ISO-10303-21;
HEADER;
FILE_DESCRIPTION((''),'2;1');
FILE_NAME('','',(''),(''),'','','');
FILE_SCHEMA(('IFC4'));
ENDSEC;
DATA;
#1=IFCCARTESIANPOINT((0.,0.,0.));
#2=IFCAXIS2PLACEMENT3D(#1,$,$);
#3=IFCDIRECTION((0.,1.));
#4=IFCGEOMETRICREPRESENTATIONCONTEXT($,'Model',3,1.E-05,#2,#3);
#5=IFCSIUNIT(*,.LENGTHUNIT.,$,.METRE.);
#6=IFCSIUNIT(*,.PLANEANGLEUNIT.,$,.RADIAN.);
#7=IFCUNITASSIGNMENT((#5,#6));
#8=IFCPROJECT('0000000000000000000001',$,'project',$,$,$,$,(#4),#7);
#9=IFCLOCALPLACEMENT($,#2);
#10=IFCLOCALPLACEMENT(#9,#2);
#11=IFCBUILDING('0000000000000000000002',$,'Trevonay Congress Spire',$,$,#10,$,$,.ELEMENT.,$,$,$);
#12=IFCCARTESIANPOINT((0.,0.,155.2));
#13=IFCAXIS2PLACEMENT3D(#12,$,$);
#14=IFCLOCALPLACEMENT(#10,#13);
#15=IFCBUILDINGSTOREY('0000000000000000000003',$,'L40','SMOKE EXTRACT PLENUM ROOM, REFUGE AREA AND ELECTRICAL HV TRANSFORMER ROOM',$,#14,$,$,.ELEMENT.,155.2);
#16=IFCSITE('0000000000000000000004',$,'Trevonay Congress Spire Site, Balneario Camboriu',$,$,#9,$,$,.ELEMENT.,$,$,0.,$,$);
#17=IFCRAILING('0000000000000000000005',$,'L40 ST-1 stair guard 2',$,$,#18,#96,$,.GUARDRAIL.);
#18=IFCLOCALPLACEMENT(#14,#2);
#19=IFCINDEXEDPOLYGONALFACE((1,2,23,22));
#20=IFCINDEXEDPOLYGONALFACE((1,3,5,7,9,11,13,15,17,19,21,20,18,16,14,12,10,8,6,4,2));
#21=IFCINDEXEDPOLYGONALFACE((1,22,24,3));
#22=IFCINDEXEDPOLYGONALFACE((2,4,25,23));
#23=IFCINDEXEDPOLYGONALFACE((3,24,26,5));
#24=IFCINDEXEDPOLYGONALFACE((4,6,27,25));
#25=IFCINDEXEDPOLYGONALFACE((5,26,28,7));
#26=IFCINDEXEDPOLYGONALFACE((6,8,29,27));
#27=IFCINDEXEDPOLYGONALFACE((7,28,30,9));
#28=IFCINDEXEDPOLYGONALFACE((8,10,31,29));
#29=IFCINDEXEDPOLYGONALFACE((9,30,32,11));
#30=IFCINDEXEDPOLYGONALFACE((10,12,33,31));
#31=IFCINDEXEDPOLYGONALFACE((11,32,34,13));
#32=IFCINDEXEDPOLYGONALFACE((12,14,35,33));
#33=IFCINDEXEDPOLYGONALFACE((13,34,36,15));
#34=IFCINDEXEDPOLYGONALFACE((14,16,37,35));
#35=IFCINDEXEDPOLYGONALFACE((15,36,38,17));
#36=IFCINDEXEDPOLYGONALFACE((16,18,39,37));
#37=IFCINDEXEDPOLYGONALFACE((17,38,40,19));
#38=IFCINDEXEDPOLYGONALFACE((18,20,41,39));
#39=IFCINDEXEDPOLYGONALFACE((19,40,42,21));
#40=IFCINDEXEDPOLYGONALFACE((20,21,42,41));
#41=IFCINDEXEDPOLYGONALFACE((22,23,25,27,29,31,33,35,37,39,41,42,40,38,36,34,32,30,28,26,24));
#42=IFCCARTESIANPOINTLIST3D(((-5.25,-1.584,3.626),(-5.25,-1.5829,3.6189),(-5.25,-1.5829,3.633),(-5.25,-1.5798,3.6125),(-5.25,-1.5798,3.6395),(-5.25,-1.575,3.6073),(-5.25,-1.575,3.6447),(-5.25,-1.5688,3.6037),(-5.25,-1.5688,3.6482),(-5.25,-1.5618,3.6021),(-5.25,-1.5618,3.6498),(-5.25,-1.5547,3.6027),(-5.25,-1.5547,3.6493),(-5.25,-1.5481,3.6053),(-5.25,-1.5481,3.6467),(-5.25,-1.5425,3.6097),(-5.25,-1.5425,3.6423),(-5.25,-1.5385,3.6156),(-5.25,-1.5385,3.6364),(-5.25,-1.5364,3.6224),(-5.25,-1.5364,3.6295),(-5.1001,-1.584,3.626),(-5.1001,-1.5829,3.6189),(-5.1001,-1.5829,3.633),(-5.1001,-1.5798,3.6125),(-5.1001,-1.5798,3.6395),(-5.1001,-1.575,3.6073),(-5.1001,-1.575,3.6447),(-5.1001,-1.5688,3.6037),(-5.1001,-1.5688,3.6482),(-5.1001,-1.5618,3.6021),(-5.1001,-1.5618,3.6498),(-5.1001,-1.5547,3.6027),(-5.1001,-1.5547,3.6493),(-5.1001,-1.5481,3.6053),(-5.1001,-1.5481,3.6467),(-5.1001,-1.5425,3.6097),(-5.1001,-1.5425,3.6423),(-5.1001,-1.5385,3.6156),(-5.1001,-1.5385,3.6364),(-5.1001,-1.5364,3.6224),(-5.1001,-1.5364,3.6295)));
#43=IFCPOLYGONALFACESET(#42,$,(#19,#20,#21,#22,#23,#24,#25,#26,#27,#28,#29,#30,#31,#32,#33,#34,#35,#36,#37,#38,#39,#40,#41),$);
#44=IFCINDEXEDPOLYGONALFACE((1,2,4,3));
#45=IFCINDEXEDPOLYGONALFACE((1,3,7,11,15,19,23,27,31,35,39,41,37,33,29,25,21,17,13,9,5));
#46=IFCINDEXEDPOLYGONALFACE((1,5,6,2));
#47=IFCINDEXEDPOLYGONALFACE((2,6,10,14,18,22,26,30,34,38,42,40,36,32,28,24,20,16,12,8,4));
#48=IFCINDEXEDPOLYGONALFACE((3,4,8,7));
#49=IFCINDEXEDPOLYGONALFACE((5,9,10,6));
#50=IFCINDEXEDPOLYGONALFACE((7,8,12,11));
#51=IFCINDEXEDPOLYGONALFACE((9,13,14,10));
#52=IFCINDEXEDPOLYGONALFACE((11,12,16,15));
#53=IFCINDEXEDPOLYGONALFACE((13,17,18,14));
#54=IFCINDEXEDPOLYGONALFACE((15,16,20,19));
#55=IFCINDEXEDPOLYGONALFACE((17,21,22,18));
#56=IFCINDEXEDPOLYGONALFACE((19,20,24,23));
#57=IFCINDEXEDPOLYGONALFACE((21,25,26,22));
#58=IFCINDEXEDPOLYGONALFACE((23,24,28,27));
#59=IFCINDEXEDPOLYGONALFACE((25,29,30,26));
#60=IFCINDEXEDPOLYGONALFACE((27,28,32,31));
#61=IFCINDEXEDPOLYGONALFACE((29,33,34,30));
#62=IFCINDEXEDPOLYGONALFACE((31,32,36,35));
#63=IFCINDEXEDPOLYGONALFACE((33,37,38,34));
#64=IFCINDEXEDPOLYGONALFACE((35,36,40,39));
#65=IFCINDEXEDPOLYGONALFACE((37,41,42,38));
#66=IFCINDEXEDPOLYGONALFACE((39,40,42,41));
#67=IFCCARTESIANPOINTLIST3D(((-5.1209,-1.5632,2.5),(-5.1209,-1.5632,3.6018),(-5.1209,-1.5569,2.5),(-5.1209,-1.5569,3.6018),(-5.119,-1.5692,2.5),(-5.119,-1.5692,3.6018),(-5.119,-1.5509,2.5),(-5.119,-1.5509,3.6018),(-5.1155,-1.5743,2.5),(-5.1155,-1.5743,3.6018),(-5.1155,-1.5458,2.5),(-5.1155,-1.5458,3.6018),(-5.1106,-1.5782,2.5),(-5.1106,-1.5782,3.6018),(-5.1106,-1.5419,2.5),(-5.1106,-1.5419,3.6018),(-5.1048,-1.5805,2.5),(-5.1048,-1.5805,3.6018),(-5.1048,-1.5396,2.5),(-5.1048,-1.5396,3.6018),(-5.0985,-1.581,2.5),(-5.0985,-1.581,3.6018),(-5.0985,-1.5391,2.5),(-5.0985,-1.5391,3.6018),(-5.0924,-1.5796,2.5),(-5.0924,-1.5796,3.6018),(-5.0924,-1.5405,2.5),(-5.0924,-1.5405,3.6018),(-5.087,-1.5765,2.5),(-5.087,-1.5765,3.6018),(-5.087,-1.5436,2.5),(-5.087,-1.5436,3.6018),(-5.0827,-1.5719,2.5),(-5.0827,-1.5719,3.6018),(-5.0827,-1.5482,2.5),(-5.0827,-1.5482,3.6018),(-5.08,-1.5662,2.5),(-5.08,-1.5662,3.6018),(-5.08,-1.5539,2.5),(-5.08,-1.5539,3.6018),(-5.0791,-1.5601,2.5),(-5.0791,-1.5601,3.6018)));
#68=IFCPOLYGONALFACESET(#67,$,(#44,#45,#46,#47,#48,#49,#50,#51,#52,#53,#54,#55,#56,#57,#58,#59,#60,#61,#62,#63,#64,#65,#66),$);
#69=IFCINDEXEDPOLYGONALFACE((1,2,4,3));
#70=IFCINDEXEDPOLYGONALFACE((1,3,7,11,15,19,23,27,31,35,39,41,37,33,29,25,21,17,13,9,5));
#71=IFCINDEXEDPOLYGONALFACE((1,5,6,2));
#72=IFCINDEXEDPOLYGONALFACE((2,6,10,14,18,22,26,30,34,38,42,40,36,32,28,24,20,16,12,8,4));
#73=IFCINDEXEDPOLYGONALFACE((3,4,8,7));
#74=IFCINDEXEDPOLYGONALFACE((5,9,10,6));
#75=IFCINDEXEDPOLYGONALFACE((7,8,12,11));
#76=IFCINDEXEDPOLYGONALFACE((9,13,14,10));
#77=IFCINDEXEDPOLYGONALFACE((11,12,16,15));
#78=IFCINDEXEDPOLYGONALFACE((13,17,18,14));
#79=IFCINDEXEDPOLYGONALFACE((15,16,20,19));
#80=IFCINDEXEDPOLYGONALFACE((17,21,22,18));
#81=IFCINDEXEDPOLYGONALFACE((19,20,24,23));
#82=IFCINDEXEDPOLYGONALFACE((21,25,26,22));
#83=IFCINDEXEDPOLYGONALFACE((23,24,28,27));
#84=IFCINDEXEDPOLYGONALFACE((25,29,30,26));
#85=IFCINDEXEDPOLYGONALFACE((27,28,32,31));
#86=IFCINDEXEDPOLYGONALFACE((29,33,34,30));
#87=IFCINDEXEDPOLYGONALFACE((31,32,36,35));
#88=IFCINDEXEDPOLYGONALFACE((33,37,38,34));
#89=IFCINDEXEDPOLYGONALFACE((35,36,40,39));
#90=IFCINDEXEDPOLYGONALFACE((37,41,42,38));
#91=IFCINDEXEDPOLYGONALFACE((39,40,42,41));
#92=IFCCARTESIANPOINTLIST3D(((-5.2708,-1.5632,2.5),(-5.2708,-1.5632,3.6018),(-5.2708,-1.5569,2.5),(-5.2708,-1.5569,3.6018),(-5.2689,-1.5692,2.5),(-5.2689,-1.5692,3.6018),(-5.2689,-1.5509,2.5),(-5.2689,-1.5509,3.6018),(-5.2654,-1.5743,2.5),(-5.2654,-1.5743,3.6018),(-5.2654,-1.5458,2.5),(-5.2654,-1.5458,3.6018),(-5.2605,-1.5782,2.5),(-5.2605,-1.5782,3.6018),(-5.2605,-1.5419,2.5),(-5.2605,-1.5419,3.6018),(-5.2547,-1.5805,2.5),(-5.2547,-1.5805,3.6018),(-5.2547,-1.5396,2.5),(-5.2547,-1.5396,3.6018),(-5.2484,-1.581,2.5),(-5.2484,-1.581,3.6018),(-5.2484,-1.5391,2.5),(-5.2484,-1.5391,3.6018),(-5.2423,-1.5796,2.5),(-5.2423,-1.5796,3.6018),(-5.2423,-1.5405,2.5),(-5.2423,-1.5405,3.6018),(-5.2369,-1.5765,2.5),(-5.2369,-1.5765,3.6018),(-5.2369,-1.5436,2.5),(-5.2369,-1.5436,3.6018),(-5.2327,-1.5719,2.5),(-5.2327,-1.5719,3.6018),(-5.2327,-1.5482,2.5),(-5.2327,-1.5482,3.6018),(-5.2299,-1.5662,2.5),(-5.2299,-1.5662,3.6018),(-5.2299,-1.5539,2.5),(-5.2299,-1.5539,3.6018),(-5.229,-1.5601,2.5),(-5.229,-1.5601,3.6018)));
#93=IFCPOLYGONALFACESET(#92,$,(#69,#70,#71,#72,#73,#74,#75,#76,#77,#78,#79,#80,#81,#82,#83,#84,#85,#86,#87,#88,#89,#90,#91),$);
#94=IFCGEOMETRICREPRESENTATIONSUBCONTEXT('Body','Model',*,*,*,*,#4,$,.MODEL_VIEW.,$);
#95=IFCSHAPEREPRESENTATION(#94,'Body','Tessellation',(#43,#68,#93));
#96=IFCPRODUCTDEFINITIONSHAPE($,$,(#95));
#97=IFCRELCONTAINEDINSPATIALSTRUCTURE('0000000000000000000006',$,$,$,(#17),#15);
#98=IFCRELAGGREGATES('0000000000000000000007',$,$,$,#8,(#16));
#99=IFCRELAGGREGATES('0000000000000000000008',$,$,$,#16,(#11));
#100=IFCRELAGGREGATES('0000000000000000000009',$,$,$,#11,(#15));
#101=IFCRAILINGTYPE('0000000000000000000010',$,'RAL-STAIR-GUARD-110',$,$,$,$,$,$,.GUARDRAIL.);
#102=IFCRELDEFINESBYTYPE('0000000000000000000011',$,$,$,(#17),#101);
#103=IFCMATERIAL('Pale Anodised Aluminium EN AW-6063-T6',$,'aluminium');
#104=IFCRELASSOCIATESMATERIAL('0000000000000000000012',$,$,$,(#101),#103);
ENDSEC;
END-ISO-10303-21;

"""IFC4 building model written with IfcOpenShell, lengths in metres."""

from ifc_helpers import new_model, si_unit, direction, frame, origin, origin_2d, place, context, subcontext, project, spatial, circle, extrude, material, type_object, element, save


model = new_model("IFC4")

# Units and contexts
model_context = context("Model", 3, precision=1e-05, world=origin(), true_north=direction((0.0, 1.0)))
body_context = subcontext(model_context, "Body", "Model", "MODEL_VIEW")
ifc_project = project(units=[si_unit("LENGTHUNIT", "METRE"), si_unit("PLANEANGLEUNIT", "RADIAN")], contexts=[model_context])

# Site, building, storey
site_placement = place(None, origin())
site = spatial("IfcSite", under=ifc_project, at=site_placement, Name="Trevonay Congress Spire Site, Balneario Camboriu", CompositionType="ELEMENT", RefElevation=0.0)
building_placement = place(site_placement, origin())
building = spatial("IfcBuilding", under=site, at=building_placement, Name="Trevonay Congress Spire", CompositionType="ELEMENT")
storey_placement = place(building_placement, frame((0.0, 0.0, 155.2)))
storey = spatial("IfcBuildingStorey", under=building, at=storey_placement, Name="L40", Description="SMOKE EXTRACT PLENUM ROOM, REFUGE AREA AND ELECTRICAL HV TRANSFORMER ROOM", CompositionType="ELEMENT", Elevation=155.2)

# Railing
ifc_material_1 = material(Name="Pale Anodised Aluminium EN AW-6063-T6", Category="aluminium")
railing_type_1 = type_object("IfcRailingType", Name="RAL-STAIR-GUARD-110", PredefinedType="GUARDRAIL", material=ifc_material_1)
railing_1_placement = place(storey_placement, frame((-5.1001, -1.5601, 2.5)))
element("IfcRailing", 1, at=railing_1_placement, inside=storey, type_object=railing_type_1, Name="L40 ST-1 stair guard 2", PredefinedType="GUARDRAIL", context=body_context, shape_type="SweptSolid", body=[
    extrude(circle(Radius=0.0239, at=origin_2d()), frame((0.0, 0.0, 1.126), z_axis=(-1.0, 0.0, 0.0), x_axis=(0.0, -1.0, 0.0)), (0.0, 0.0, 1.0), 0.1499),
    extrude(circle(Radius=0.021, at=origin_2d()), origin(), (0.0, 0.0, 1.0), 1.1018),
    extrude(circle(Radius=0.021, at=origin_2d()), frame((-0.1499, 0.0, 0.0)), (0.0, 0.0, 1.0), 1.1018),
])

save(model, "model.ifc")
